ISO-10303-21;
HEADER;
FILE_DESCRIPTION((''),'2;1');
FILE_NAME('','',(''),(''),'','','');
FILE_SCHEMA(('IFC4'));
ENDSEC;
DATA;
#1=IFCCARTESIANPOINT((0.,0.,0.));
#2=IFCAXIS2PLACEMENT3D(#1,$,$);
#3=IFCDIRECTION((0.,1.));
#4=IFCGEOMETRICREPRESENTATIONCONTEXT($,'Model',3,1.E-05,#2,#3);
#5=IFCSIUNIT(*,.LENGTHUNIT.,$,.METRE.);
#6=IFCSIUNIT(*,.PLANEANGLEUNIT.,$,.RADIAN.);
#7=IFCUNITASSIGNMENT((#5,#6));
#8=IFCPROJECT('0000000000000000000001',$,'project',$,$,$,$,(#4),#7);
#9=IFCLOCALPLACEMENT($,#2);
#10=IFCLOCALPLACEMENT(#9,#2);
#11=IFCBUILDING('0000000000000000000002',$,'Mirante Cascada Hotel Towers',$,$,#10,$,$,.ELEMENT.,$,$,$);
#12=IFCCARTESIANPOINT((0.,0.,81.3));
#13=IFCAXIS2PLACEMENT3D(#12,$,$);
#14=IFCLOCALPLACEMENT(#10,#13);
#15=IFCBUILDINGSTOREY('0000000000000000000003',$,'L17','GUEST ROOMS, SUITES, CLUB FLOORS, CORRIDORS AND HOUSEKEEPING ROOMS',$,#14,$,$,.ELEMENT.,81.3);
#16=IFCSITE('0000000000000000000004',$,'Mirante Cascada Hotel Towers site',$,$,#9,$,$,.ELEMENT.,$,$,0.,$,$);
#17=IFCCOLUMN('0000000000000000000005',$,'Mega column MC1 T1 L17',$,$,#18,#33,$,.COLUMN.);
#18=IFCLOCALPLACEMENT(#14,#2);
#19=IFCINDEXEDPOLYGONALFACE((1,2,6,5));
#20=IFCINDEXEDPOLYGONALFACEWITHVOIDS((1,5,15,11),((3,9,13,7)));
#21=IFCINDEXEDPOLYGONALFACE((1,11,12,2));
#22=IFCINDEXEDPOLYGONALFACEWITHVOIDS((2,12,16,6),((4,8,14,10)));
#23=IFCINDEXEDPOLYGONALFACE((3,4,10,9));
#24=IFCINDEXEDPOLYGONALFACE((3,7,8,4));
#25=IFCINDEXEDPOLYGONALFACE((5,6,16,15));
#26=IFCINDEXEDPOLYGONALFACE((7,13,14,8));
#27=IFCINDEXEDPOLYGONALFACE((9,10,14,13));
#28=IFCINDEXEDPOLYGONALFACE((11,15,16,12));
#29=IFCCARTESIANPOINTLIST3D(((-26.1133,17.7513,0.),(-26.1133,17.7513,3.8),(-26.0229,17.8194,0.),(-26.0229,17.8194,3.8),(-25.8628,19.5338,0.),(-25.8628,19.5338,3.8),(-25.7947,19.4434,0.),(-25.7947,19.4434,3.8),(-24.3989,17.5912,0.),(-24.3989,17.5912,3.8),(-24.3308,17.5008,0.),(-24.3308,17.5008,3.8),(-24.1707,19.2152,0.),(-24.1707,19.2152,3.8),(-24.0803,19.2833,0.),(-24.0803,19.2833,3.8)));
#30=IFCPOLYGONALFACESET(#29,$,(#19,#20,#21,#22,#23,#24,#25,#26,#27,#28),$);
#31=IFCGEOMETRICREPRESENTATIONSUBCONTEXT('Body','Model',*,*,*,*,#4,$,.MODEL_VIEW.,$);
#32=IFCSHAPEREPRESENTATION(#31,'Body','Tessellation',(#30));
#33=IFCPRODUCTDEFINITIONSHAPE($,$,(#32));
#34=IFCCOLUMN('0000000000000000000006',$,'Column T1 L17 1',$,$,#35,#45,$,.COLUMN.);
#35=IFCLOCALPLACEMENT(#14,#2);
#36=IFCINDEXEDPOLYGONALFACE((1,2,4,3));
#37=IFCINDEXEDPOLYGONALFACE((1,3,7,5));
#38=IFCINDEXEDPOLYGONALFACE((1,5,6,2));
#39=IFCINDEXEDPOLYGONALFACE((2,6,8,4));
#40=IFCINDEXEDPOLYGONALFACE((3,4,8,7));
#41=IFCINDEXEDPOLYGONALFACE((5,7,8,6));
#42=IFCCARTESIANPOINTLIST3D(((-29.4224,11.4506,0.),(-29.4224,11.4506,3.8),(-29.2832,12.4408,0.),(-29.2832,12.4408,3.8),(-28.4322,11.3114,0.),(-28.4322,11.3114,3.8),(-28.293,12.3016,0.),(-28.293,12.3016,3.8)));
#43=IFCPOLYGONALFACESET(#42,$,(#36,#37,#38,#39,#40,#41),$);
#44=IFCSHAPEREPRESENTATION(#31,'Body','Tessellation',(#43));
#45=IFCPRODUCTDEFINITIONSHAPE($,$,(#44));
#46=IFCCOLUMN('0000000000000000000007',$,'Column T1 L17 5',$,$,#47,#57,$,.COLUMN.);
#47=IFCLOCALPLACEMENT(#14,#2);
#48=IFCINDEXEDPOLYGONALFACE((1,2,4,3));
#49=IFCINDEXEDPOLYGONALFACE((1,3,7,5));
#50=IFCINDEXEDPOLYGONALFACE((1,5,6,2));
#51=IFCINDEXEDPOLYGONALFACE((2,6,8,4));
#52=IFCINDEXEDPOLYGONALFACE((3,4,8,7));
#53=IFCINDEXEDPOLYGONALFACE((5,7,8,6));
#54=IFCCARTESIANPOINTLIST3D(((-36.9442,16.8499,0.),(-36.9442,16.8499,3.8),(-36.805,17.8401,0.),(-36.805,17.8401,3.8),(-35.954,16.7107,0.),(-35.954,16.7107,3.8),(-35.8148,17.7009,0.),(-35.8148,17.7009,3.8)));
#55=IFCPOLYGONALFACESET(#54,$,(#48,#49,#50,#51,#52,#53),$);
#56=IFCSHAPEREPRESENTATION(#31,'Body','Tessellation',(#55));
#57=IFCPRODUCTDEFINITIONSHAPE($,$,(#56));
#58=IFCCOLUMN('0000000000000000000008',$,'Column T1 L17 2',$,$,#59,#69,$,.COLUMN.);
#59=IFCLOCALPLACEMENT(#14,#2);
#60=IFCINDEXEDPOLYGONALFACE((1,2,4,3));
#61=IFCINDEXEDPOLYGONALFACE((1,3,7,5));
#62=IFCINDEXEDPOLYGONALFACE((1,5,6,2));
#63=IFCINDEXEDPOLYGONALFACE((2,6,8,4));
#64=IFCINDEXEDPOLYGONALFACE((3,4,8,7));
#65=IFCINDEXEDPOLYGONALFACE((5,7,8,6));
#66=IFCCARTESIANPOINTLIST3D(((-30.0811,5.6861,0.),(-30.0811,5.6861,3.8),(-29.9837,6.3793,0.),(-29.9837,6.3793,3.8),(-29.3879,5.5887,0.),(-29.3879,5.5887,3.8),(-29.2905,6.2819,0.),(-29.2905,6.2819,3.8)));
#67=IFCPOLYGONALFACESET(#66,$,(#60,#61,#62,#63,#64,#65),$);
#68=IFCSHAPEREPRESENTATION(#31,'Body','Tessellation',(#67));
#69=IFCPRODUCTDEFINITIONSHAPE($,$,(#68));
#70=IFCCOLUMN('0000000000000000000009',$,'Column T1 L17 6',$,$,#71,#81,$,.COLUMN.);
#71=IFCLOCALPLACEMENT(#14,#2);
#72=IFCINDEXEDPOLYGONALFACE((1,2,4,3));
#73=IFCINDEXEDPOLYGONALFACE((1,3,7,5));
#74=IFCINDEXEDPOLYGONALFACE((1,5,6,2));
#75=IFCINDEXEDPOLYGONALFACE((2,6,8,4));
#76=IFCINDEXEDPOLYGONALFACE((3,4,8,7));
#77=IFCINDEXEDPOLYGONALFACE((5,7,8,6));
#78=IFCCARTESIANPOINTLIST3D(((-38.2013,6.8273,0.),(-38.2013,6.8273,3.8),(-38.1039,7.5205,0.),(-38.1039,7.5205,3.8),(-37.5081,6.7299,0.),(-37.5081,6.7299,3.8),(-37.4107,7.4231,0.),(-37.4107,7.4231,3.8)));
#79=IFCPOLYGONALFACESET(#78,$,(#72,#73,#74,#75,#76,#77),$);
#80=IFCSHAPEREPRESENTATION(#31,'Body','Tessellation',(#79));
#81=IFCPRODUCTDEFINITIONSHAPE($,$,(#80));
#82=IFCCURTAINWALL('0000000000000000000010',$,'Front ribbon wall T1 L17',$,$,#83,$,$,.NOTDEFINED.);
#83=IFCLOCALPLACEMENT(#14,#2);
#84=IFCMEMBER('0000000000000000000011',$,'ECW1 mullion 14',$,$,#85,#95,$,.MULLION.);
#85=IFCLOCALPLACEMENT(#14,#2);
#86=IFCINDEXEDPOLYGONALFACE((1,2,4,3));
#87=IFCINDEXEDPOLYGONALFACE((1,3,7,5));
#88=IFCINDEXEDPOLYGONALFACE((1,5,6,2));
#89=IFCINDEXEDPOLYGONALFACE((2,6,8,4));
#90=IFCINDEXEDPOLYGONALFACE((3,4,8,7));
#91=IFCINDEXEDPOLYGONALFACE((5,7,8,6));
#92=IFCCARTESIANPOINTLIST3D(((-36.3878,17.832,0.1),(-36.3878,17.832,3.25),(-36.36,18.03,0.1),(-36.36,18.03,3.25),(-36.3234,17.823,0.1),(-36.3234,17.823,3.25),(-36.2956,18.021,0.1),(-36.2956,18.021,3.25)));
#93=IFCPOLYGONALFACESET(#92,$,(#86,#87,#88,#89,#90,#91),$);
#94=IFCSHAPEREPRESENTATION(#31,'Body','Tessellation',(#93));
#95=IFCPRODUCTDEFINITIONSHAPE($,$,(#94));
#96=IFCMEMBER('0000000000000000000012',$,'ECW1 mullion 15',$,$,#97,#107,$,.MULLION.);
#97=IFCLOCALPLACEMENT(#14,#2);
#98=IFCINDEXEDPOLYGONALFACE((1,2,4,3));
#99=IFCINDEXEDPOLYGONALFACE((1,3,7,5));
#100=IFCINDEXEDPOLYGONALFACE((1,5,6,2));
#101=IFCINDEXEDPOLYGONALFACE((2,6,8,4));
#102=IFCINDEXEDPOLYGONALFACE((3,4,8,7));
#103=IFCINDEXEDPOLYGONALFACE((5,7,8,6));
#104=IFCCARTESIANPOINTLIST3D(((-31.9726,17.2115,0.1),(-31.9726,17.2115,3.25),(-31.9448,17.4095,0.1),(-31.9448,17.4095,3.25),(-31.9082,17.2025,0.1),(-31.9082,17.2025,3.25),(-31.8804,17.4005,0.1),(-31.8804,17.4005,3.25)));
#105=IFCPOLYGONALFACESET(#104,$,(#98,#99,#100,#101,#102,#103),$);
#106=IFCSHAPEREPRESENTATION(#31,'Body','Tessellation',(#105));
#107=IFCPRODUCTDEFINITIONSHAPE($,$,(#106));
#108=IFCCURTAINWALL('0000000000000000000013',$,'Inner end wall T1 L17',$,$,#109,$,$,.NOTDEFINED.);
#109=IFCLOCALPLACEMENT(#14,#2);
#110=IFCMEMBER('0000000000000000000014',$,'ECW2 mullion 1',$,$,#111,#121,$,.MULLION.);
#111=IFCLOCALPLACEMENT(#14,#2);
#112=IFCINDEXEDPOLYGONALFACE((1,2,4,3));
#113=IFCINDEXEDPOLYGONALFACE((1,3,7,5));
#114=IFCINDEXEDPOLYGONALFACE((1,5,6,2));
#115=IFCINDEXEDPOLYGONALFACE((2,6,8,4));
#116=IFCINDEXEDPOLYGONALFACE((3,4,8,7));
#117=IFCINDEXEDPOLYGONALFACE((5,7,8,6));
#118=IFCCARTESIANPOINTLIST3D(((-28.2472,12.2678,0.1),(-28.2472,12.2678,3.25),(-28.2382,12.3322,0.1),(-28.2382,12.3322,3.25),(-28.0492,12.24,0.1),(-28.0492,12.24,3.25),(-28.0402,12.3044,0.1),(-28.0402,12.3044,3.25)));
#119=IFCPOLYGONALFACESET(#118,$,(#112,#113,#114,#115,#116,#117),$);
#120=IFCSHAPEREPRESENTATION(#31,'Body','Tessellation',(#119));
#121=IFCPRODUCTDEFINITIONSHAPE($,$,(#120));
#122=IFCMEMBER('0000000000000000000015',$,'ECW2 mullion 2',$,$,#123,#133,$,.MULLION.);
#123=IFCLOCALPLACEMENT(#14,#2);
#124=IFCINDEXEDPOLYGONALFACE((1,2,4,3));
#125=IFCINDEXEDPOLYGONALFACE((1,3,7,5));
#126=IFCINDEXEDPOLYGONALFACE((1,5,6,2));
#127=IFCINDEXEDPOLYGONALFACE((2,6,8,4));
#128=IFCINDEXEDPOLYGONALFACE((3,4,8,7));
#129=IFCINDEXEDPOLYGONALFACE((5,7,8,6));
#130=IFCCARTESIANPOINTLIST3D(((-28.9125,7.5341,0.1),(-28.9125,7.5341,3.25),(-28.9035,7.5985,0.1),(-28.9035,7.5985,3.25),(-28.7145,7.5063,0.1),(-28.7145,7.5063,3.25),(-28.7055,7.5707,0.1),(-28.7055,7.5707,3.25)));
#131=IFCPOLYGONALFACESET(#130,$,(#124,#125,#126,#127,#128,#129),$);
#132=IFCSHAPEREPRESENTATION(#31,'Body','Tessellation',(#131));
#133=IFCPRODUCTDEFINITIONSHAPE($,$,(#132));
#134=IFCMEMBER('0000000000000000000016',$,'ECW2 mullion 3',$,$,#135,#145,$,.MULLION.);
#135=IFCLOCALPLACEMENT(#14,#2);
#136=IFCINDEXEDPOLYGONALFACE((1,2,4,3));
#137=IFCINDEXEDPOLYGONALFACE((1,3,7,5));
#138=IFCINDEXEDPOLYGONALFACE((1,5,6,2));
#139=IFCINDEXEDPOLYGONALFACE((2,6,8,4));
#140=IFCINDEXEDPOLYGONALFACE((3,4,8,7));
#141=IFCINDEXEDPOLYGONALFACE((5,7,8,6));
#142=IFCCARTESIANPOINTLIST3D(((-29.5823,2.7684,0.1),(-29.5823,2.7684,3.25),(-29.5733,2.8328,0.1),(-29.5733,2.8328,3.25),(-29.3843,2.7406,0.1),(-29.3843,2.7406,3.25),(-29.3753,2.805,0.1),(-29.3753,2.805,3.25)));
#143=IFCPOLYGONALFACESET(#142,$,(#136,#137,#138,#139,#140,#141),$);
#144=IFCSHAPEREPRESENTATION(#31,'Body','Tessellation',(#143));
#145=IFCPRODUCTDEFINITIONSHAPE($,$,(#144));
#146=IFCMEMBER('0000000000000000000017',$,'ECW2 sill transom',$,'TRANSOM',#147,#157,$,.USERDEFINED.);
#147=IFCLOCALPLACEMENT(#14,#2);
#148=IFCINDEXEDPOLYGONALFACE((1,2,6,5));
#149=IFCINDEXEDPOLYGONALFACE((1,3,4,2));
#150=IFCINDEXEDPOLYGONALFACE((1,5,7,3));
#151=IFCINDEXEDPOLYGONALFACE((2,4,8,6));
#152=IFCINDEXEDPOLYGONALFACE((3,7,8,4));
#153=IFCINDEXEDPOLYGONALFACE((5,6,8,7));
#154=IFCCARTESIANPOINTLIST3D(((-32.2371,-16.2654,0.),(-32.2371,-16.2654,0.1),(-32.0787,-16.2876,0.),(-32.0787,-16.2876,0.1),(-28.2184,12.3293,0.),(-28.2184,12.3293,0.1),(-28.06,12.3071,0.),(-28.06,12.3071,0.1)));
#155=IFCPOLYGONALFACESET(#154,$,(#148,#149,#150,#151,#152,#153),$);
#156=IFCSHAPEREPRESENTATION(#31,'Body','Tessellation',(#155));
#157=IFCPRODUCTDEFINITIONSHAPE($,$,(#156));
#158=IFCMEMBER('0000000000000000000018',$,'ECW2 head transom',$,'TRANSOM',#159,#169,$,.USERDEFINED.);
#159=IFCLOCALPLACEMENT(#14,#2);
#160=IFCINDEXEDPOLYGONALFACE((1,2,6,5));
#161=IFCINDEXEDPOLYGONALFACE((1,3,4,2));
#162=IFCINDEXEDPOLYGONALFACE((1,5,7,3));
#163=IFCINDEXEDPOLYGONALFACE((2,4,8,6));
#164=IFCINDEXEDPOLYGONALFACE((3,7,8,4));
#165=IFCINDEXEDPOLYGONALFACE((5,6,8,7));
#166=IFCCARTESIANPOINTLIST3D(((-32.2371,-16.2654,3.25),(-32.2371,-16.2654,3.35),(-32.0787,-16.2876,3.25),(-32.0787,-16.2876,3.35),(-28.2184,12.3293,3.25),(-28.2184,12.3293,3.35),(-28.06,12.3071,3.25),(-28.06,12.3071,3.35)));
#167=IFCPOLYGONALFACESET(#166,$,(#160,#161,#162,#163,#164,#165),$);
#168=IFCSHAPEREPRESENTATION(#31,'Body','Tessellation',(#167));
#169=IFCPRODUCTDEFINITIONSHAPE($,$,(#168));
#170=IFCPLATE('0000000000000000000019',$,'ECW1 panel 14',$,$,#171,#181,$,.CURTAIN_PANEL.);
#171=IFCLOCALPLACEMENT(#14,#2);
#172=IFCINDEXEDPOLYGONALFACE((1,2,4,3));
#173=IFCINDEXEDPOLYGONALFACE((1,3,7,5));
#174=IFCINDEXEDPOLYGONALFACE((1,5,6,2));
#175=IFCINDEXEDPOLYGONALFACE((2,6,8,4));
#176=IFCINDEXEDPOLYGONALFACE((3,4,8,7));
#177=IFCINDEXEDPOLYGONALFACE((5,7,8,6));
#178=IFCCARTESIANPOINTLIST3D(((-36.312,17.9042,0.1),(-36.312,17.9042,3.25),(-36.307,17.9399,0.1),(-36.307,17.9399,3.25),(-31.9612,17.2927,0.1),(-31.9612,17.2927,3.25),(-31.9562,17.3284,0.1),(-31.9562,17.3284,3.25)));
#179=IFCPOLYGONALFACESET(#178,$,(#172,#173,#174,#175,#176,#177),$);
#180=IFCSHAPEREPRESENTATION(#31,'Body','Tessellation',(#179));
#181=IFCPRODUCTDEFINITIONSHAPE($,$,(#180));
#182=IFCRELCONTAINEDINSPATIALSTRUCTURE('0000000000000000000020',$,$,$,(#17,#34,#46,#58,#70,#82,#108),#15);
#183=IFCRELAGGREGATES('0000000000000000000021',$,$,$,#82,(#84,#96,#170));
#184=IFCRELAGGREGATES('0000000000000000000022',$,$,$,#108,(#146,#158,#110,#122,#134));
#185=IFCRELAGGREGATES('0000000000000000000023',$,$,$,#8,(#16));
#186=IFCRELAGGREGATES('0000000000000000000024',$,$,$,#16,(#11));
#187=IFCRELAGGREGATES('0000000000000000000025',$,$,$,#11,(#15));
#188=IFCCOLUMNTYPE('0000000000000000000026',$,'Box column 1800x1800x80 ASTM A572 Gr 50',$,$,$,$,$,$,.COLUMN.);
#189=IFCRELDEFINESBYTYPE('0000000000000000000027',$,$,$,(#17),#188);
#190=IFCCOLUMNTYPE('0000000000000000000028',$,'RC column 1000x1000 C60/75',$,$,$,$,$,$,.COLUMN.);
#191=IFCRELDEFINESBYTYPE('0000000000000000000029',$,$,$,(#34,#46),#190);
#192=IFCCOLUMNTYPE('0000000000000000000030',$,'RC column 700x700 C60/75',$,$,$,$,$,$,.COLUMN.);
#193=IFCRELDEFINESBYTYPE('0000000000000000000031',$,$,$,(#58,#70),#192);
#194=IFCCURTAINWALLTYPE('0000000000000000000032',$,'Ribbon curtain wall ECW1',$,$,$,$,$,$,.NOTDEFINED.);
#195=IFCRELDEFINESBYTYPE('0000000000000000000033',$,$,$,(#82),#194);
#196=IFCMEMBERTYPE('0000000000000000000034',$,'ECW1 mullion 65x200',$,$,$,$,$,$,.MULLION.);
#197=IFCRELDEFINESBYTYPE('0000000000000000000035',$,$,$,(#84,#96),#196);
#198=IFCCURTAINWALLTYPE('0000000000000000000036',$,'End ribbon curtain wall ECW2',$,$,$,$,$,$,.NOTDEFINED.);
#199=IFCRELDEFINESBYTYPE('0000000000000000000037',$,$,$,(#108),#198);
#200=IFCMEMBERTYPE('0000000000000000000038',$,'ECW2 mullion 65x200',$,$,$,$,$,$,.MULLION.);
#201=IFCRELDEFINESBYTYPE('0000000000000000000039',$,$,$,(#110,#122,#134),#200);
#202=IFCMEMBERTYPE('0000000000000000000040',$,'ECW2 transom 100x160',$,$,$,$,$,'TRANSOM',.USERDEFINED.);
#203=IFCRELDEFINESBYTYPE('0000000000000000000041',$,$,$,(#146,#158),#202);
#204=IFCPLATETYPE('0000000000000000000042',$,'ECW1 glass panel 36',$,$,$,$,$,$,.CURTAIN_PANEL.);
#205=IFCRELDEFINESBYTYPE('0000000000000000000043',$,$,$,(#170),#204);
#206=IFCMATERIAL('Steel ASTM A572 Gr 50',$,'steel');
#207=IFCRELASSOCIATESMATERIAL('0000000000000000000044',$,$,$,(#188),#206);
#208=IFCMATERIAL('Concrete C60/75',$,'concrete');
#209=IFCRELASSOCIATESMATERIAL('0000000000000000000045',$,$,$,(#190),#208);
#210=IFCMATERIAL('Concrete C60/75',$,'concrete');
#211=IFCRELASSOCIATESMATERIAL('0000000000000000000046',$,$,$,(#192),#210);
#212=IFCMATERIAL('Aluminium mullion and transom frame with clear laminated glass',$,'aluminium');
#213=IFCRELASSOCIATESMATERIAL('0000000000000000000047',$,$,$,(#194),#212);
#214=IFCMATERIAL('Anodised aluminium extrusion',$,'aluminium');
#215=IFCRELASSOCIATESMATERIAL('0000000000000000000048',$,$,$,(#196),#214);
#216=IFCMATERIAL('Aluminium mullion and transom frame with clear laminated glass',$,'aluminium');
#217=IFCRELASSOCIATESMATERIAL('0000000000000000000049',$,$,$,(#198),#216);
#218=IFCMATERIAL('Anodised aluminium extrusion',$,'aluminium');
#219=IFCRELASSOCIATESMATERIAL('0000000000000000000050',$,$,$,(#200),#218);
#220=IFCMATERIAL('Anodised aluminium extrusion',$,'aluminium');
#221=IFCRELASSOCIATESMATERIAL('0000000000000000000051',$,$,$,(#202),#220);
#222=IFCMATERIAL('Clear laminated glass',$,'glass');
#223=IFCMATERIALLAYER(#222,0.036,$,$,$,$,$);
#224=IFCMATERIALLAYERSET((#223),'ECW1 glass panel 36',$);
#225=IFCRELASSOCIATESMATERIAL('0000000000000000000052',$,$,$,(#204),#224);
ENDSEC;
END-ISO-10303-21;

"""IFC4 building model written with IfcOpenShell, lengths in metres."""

from ifc_helpers import new_model, si_unit, direction, frame, origin, origin_2d, place, context, subcontext, project, spatial, rectangle, hollow_rectangle, extrude, material, layer, layer_set, material_profile, profile_set, type_object, element, aggregate, save


model = new_model("IFC4")

# Units and contexts
model_context = context("Model", 3, precision=1e-05, world=origin(), true_north=direction((0.0, 1.0)))
body_context = subcontext(model_context, "Body", "Model", "MODEL_VIEW")
ifc_project = project(units=[si_unit("LENGTHUNIT", "METRE"), si_unit("PLANEANGLEUNIT", "RADIAN")], contexts=[model_context])

# Site, building, storey
site_placement = place(None, origin())
site = spatial("IfcSite", under=ifc_project, at=site_placement, Name="Mirante Cascada Hotel Towers site", CompositionType="ELEMENT", RefElevation=0.0)
building_placement = place(site_placement, origin())
building = spatial("IfcBuilding", under=site, at=building_placement, Name="Mirante Cascada Hotel Towers", CompositionType="ELEMENT")
storey_placement = place(building_placement, frame((0.0, 0.0, 81.3)))
storey = spatial("IfcBuildingStorey", under=building, at=storey_placement, Name="L17", Description="GUEST ROOMS, SUITES, CLUB FLOORS, CORRIDORS AND HOUSEKEEPING ROOMS", CompositionType="ELEMENT", Elevation=81.3)

# Columns
ifc_material_1 = material(Name="Steel ASTM A572 Gr 50", Category="steel")
ifc_material_profile_1 = material_profile(ifc_material_1, hollow_rectangle(XDim=1.8, YDim=1.8, WallThickness=0.08, at=origin_2d()), Name="Box column 1800x1800x80 ASTM A572 Gr 50")
ifc_profile_set_1 = profile_set([ifc_material_profile_1], Name="Steel ASTM A572 Gr 50")
column_type_1 = type_object("IfcColumnType", Name="Box column 1800x1800x80 ASTM A572 Gr 50", PredefinedType="COLUMN", material=ifc_profile_set_1)
column_placement = place(storey_placement, frame((-25.0968, 18.5173, 0.0), z_axis=(0.0, 0.0, 1.0), x_axis=(-0.990268, 0.139173, 0.0)))
element("IfcColumn", 1, at=column_placement, inside=storey, type_object=column_type_1, Name="Mega column MC1 T1 L17", PredefinedType="COLUMN", context=body_context, shape_type="SweptSolid", body=[
    extrude(hollow_rectangle(XDim=1.8, YDim=1.8, WallThickness=0.08, at=origin_2d()), origin(), (0.0, 0.0, 1.0), 3.8),
])
ifc_material_2 = material(Name="Concrete C60/75", Category="concrete")
ifc_material_profile_2 = material_profile(ifc_material_2, rectangle(XDim=1.0, YDim=1.0, at=origin_2d()), Name="RC column 1000x1000 C60/75")
ifc_profile_set_2 = profile_set([ifc_material_profile_2], Name="Concrete C60/75")
column_type_2 = type_object("IfcColumnType", Name="RC column 1000x1000 C60/75", PredefinedType="COLUMN", material=ifc_profile_set_2)
for number, where, z_axis, x_axis, name in (
    (2, (-28.8577, 11.8761, 0.0), (0.0, 0.0, 1.0), (-0.990268, 0.139173, 0.0), "Column T1 L17 1"),
    (3, (-36.3795, 17.2754, 0.0), (0.0, 0.0, 1.0), (-0.990268, 0.139173, 0.0), "Column T1 L17 5"),
):
    element("IfcColumn", number, at=place(storey_placement, frame(where, z_axis=z_axis, x_axis=x_axis)), inside=storey, type_object=column_type_2, Name=name, PredefinedType="COLUMN", context=body_context, shape_type="SweptSolid", body=[
        extrude(rectangle(XDim=1.0, YDim=1.0, at=origin_2d()), origin(), (0.0, 0.0, 1.0), 3.8),
    ])
ifc_material_3 = material(Name="Concrete C60/75", Category="concrete")
ifc_material_profile_3 = material_profile(ifc_material_3, rectangle(XDim=0.7, YDim=0.7, at=origin_2d()), Name="RC column 700x700 C60/75")
ifc_profile_set_3 = profile_set([ifc_material_profile_3], Name="Concrete C60/75")
column_type_3 = type_object("IfcColumnType", Name="RC column 700x700 C60/75", PredefinedType="COLUMN", material=ifc_profile_set_3)
for number, where, z_axis, x_axis, name in (
    (4, (-29.6858, 5.984, 0.0), (0.0, 0.0, 1.0), (-0.990268, 0.139173, 0.0), "Column T1 L17 2"),
    (5, (-37.806, 7.1252, 0.0), (0.0, 0.0, 1.0), (-0.990268, 0.139173, 0.0), "Column T1 L17 6"),
):
    element("IfcColumn", number, at=place(storey_placement, frame(where, z_axis=z_axis, x_axis=x_axis)), inside=storey, type_object=column_type_3, Name=name, PredefinedType="COLUMN", context=body_context, shape_type="SweptSolid", body=[
        extrude(rectangle(XDim=0.7, YDim=0.7, at=origin_2d()), origin(), (0.0, 0.0, 1.0), 3.8),
    ])

# Curtain walls, members
ifc_material_4 = material(Name="Aluminium mullion and transom frame with clear laminated glass", Category="aluminium")
curtain_wall_type_1 = type_object("IfcCurtainWallType", Name="Ribbon curtain wall ECW1", PredefinedType="NOTDEFINED", material=ifc_material_4)
curtain_wall_1_placement = place(storey_placement, origin())
curtain_wall_1 = element("IfcCurtainWall", 6, at=curtain_wall_1_placement, inside=storey, type_object=curtain_wall_type_1, Name="Front ribbon wall T1 L17", PredefinedType="NOTDEFINED")
ifc_material_5 = material(Name="Anodised aluminium extrusion", Category="aluminium")
ifc_material_profile_4 = material_profile(ifc_material_5, rectangle(XDim=0.2, YDim=0.065, at=origin_2d()), Name="ECW1 MULLION 65x200")
ifc_profile_set_4 = profile_set([ifc_material_profile_4], Name="Anodised aluminium extrusion")
member_type_1 = type_object("IfcMemberType", Name="ECW1 mullion 65x200", PredefinedType="MULLION", material=ifc_profile_set_4)
member_1_placement = place(storey_placement, frame((-36.3417, 17.9265, 0.1), z_axis=(0.0, 0.0, 1.0), x_axis=(0.139173, 0.990268, 0.0)))
member_1 = element("IfcMember", 7, at=member_1_placement, type_object=member_type_1, Name="ECW1 mullion 14", PredefinedType="MULLION", context=body_context, shape_type="SweptSolid", body=[
    extrude(rectangle(XDim=0.2, YDim=0.065, at=origin_2d()), origin(), (0.0, 0.0, 1.0), 3.15),
])
member_2_placement = place(storey_placement, frame((-31.9265, 17.306, 0.1), z_axis=(0.0, 0.0, 1.0), x_axis=(0.139173, 0.990268, 0.0)))
member_2 = element("IfcMember", 8, at=member_2_placement, type_object=member_type_1, Name="ECW1 mullion 15", PredefinedType="MULLION", context=body_context, shape_type="SweptSolid", body=[
    extrude(rectangle(XDim=0.2, YDim=0.065, at=origin_2d()), origin(), (0.0, 0.0, 1.0), 3.15),
])
ifc_material_6 = material(Name="Aluminium mullion and transom frame with clear laminated glass", Category="aluminium")
curtain_wall_type_2 = type_object("IfcCurtainWallType", Name="End ribbon curtain wall ECW2", PredefinedType="NOTDEFINED", material=ifc_material_6)
curtain_wall_2_placement = place(storey_placement, origin())
curtain_wall_2 = element("IfcCurtainWall", 9, at=curtain_wall_2_placement, inside=storey, type_object=curtain_wall_type_2, Name="Inner end wall T1 L17", PredefinedType="NOTDEFINED")
ifc_material_7 = material(Name="Anodised aluminium extrusion", Category="aluminium")
ifc_material_profile_5 = material_profile(ifc_material_7, rectangle(XDim=0.2, YDim=0.065, at=origin_2d()), Name="ECW2 MULLION 65x200")
ifc_profile_set_5 = profile_set([ifc_material_profile_5], Name="Anodised aluminium extrusion")
member_type_2 = type_object("IfcMemberType", Name="ECW2 mullion 65x200", PredefinedType="MULLION", material=ifc_profile_set_5)
member_3_placement = place(storey_placement, frame((-28.1437, 12.2861, 0.1), z_axis=(0.0, 0.0, 1.0), x_axis=(0.990268, -0.139173, 0.0)))
member_3 = element("IfcMember", 10, at=member_3_placement, type_object=member_type_2, Name="ECW2 mullion 1", PredefinedType="MULLION", context=body_context, shape_type="SweptSolid", body=[
    extrude(rectangle(XDim=0.2, YDim=0.065, at=origin_2d()), origin(), (0.0, 0.0, 1.0), 3.15),
])
member_4_placement = place(storey_placement, frame((-28.809, 7.5524, 0.1), z_axis=(0.0, 0.0, 1.0), x_axis=(0.990268, -0.139173, 0.0)))
member_4 = element("IfcMember", 11, at=member_4_placement, type_object=member_type_2, Name="ECW2 mullion 2", PredefinedType="MULLION", context=body_context, shape_type="SweptSolid", body=[
    extrude(rectangle(XDim=0.2, YDim=0.065, at=origin_2d()), origin(), (0.0, 0.0, 1.0), 3.15),
])
member_5_placement = place(storey_placement, frame((-29.4788, 2.7867, 0.1), z_axis=(0.0, 0.0, 1.0), x_axis=(0.990268, -0.139173, 0.0)))
member_5 = element("IfcMember", 12, at=member_5_placement, type_object=member_type_2, Name="ECW2 mullion 3", PredefinedType="MULLION", context=body_context, shape_type="SweptSolid", body=[
    extrude(rectangle(XDim=0.2, YDim=0.065, at=origin_2d()), origin(), (0.0, 0.0, 1.0), 3.15),
])
ifc_material_8 = material(Name="Anodised aluminium extrusion", Category="aluminium")
ifc_material_profile_6 = material_profile(ifc_material_8, rectangle(XDim=0.16, YDim=0.1, at=origin_2d()), Name="ECW2 TRANSOM 100x160")
ifc_profile_set_6 = profile_set([ifc_material_profile_6], Name="Anodised aluminium extrusion")
member_type_3 = type_object("IfcMemberType", Name="ECW2 transom 100x160", ElementType="TRANSOM", PredefinedType="USERDEFINED", material=ifc_profile_set_6)
member_6_placement = place(storey_placement, frame((-28.1392, 12.3182, 0.05), z_axis=(-0.139172, -0.990268, 0.0), x_axis=(0.990268, -0.139172, 0.0)))
member_6 = element("IfcMember", 13, at=member_6_placement, type_object=member_type_3, Name="ECW2 sill transom", ObjectType="TRANSOM", PredefinedType="USERDEFINED", context=body_context, shape_type="SweptSolid", body=[
    extrude(rectangle(XDim=0.16, YDim=0.1, at=origin_2d()), origin(), (0.0, 0.0, 1.0), 28.8757),
])
member_7_placement = place(storey_placement, frame((-28.1392, 12.3182, 3.3), z_axis=(-0.139172, -0.990268, 0.0), x_axis=(0.990268, -0.139172, 0.0)))
member_7 = element("IfcMember", 14, at=member_7_placement, type_object=member_type_3, Name="ECW2 head transom", ObjectType="TRANSOM", PredefinedType="USERDEFINED", context=body_context, shape_type="SweptSolid", body=[
    extrude(rectangle(XDim=0.16, YDim=0.1, at=origin_2d()), origin(), (0.0, 0.0, 1.0), 28.8757),
])

# Plate
ifc_material_9 = material(Name="Clear laminated glass", Category="glass")
ifc_layer_1 = layer(ifc_material_9, 0.036)
ifc_layer_set_1 = layer_set([ifc_layer_1], Name="ECW1 glass panel 36")
plate_type_1 = type_object("IfcPlateType", Name="ECW1 glass panel 36", PredefinedType="CURTAIN_PANEL", material=ifc_layer_set_1)
plate_1_placement = place(storey_placement, frame((-34.1341, 17.6163, 0.1), z_axis=(0.0, 0.0, 1.0), x_axis=(0.990268, -0.139173, 0.0)))
plate_1 = element("IfcPlate", 15, at=plate_1_placement, type_object=plate_type_1, Name="ECW1 panel 14", PredefinedType="CURTAIN_PANEL", context=body_context, shape_type="SweptSolid", body=[
    extrude(rectangle(XDim=4.3936, YDim=0.036, at=origin_2d()), origin(), (0.0, 0.0, 1.0), 3.15),
])
aggregate(curtain_wall_1, [member_1, member_2, plate_1])
aggregate(curtain_wall_2, [member_6, member_7, member_3, member_4, member_5])

save(model, "model.ifc")
